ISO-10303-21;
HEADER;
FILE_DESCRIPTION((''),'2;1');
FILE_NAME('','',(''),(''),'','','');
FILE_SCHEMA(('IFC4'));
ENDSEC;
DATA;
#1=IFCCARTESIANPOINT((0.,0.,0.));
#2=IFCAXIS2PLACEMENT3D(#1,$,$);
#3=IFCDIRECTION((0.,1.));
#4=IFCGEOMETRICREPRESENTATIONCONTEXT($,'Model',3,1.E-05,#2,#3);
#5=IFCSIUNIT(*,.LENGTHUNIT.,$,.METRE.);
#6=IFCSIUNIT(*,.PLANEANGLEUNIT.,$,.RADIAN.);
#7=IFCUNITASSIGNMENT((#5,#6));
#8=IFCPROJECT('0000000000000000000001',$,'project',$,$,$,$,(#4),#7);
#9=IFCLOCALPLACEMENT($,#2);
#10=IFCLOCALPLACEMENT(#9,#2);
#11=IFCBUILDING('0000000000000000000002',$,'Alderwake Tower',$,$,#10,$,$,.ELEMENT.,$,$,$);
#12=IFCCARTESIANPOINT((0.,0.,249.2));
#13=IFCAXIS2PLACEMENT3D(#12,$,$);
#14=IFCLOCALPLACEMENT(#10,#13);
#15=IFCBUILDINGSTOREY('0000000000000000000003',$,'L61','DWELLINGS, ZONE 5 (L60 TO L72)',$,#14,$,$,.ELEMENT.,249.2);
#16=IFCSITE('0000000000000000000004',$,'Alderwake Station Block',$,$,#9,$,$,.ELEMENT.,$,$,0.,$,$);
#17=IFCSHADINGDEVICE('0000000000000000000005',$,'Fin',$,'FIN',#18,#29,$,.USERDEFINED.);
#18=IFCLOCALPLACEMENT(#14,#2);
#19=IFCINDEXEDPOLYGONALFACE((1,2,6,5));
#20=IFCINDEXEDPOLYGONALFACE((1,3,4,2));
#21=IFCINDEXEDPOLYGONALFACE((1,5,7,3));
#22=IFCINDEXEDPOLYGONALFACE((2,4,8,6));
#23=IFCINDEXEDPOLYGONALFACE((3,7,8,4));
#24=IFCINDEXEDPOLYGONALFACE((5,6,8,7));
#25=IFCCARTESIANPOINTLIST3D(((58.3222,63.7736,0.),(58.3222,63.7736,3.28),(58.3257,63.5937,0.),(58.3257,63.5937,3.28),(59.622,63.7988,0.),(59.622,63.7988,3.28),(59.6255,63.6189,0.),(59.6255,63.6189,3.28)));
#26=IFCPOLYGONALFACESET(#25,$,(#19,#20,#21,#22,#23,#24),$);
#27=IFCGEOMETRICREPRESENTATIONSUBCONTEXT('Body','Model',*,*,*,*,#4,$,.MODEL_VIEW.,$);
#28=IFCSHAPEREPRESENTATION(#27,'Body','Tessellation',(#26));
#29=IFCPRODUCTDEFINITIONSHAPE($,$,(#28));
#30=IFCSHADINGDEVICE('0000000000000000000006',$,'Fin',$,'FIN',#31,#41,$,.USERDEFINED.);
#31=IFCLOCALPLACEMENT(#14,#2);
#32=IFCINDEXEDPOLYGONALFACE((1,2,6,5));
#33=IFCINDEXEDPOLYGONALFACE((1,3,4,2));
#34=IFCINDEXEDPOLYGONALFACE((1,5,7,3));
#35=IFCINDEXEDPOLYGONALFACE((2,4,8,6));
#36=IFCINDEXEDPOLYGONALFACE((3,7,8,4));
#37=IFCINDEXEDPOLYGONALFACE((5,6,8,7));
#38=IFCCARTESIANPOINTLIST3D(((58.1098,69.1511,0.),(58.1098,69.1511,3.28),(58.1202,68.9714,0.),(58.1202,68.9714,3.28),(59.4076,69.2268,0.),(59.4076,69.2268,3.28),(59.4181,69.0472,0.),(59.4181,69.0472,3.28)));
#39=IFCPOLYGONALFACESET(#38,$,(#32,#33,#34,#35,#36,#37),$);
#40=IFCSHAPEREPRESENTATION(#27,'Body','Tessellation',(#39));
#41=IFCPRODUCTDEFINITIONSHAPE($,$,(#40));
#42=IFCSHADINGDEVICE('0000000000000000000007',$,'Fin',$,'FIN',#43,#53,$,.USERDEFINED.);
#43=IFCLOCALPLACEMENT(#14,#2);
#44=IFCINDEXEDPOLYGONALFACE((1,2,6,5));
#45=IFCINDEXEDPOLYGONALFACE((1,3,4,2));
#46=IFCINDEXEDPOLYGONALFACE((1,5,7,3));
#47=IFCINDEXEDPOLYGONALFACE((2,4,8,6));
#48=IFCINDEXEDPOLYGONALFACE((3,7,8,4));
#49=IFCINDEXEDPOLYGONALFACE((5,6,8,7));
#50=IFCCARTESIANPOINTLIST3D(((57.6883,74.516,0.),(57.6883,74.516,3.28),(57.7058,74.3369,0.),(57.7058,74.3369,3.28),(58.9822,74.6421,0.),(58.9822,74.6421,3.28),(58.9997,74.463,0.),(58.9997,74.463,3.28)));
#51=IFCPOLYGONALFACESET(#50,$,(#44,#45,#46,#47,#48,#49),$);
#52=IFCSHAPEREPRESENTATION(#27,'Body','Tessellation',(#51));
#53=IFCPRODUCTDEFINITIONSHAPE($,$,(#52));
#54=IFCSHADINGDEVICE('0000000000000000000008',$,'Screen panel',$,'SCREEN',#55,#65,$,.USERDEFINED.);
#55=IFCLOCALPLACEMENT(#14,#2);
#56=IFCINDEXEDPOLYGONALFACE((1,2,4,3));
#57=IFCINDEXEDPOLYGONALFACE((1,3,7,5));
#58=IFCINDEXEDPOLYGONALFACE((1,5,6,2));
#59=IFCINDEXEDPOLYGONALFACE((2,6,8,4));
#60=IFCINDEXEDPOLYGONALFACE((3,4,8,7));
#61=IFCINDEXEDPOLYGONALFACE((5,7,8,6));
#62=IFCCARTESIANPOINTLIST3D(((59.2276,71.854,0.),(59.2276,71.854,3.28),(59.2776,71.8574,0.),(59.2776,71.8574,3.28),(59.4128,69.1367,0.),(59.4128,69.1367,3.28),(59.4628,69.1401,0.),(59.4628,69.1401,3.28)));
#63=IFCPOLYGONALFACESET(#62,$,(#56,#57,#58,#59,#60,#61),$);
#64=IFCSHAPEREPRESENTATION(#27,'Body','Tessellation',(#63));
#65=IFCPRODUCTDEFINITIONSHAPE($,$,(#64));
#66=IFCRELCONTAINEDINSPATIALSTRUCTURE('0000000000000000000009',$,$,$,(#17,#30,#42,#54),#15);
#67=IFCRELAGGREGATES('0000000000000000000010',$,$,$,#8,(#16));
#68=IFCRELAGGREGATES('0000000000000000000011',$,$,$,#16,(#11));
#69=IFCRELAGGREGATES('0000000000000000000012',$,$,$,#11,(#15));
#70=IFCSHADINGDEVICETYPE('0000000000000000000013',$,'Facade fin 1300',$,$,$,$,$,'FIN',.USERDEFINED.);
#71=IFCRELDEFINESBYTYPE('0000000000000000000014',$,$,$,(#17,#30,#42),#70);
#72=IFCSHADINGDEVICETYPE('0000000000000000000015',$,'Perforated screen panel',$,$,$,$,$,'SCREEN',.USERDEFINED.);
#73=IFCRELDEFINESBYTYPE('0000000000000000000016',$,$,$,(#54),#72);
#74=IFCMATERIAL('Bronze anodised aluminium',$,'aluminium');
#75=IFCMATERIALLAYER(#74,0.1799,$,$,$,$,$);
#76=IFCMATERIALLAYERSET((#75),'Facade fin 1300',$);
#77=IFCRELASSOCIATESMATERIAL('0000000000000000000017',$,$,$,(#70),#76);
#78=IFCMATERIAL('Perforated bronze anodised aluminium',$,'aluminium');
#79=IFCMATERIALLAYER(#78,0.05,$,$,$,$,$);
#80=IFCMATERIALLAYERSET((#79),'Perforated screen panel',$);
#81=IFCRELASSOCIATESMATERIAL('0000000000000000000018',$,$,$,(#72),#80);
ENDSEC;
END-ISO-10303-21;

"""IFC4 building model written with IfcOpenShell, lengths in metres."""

from ifc_helpers import new_model, si_unit, direction, frame, origin, origin_2d, place, context, subcontext, project, spatial, rectangle, extrude, material, layer, layer_set, type_object, element, save


model = new_model("IFC4")

# Units and contexts
model_context = context("Model", 3, precision=1e-05, world=origin(), true_north=direction((0.0, 1.0)))
body_context = subcontext(model_context, "Body", "Model", "MODEL_VIEW")
ifc_project = project(units=[si_unit("LENGTHUNIT", "METRE"), si_unit("PLANEANGLEUNIT", "RADIAN")], contexts=[model_context])

# Site, building, storey
site_placement = place(None, origin())
site = spatial("IfcSite", under=ifc_project, at=site_placement, Name="Alderwake Station Block", CompositionType="ELEMENT", RefElevation=0.0)
building_placement = place(site_placement, origin())
building = spatial("IfcBuilding", under=site, at=building_placement, Name="Alderwake Tower", CompositionType="ELEMENT")
storey_placement = place(building_placement, frame((0.0, 0.0, 249.2)))
storey = spatial("IfcBuildingStorey", under=building, at=storey_placement, Name="L61", Description="DWELLINGS, ZONE 5 (L60 TO L72)", CompositionType="ELEMENT", Elevation=249.2)

# Shading devices
ifc_material_1 = material(Name="Bronze anodised aluminium", Category="aluminium")
ifc_layer_1 = layer(ifc_material_1, 0.1799)
ifc_layer_set_1 = layer_set([ifc_layer_1], Name="Facade fin 1300")
shading_device_type_1 = type_object("IfcShadingDeviceType", Name="Facade fin 1300", ElementType="FIN", PredefinedType="USERDEFINED", material=ifc_layer_set_1)
for number, where, z_axis, x_axis, name in (
    (1, (58.9739, 63.6963, 0.0), (0.0, 0.0, 1.0), (0.999812, 0.019398, 0.0), "Fin"),
    (2, (58.7639, 69.0991, 0.0), (0.0, 0.0, 1.0), (0.998301, 0.058266, 0.0), "Fin"),
    (3, (58.344, 74.4895, 0.0), (0.0, 0.0, 1.0), (0.99528, 0.097046, 0.0), "Fin"),
):
    element("IfcShadingDevice", number, at=place(storey_placement, frame(where, z_axis=z_axis, x_axis=x_axis)), inside=storey, type_object=shading_device_type_1, Name=name, ObjectType="FIN", PredefinedType="USERDEFINED", context=body_context, shape_type="SweptSolid", body=[
        extrude(rectangle(XDim=1.3, YDim=0.1799, at=origin_2d()), origin(), (0.0, 0.0, 1.0), 3.28),
    ])
ifc_material_2 = material(Name="Perforated bronze anodised aluminium", Category="aluminium")
ifc_layer_2 = layer(ifc_material_2, 0.05)
ifc_layer_set_2 = layer_set([ifc_layer_2], Name="Perforated screen panel")
shading_device_type_2 = type_object("IfcShadingDeviceType", Name="Perforated screen panel", ElementType="SCREEN", PredefinedType="USERDEFINED", material=ifc_layer_set_2)
shading_device_placement = place(storey_placement, frame((59.3452, 70.4971, 0.0), z_axis=(0.0, 0.0, 1.0), x_axis=(0.997685, 0.067998, 0.0)))
element("IfcShadingDevice", 4, at=shading_device_placement, inside=storey, type_object=shading_device_type_2, Name="Screen panel", ObjectType="SCREEN", PredefinedType="USERDEFINED", context=body_context, shape_type="SweptSolid", body=[
    extrude(rectangle(XDim=0.05, YDim=2.7236, at=origin_2d()), origin(), (0.0, 0.0, 1.0), 3.28),
])

save(model, "model.ifc")
